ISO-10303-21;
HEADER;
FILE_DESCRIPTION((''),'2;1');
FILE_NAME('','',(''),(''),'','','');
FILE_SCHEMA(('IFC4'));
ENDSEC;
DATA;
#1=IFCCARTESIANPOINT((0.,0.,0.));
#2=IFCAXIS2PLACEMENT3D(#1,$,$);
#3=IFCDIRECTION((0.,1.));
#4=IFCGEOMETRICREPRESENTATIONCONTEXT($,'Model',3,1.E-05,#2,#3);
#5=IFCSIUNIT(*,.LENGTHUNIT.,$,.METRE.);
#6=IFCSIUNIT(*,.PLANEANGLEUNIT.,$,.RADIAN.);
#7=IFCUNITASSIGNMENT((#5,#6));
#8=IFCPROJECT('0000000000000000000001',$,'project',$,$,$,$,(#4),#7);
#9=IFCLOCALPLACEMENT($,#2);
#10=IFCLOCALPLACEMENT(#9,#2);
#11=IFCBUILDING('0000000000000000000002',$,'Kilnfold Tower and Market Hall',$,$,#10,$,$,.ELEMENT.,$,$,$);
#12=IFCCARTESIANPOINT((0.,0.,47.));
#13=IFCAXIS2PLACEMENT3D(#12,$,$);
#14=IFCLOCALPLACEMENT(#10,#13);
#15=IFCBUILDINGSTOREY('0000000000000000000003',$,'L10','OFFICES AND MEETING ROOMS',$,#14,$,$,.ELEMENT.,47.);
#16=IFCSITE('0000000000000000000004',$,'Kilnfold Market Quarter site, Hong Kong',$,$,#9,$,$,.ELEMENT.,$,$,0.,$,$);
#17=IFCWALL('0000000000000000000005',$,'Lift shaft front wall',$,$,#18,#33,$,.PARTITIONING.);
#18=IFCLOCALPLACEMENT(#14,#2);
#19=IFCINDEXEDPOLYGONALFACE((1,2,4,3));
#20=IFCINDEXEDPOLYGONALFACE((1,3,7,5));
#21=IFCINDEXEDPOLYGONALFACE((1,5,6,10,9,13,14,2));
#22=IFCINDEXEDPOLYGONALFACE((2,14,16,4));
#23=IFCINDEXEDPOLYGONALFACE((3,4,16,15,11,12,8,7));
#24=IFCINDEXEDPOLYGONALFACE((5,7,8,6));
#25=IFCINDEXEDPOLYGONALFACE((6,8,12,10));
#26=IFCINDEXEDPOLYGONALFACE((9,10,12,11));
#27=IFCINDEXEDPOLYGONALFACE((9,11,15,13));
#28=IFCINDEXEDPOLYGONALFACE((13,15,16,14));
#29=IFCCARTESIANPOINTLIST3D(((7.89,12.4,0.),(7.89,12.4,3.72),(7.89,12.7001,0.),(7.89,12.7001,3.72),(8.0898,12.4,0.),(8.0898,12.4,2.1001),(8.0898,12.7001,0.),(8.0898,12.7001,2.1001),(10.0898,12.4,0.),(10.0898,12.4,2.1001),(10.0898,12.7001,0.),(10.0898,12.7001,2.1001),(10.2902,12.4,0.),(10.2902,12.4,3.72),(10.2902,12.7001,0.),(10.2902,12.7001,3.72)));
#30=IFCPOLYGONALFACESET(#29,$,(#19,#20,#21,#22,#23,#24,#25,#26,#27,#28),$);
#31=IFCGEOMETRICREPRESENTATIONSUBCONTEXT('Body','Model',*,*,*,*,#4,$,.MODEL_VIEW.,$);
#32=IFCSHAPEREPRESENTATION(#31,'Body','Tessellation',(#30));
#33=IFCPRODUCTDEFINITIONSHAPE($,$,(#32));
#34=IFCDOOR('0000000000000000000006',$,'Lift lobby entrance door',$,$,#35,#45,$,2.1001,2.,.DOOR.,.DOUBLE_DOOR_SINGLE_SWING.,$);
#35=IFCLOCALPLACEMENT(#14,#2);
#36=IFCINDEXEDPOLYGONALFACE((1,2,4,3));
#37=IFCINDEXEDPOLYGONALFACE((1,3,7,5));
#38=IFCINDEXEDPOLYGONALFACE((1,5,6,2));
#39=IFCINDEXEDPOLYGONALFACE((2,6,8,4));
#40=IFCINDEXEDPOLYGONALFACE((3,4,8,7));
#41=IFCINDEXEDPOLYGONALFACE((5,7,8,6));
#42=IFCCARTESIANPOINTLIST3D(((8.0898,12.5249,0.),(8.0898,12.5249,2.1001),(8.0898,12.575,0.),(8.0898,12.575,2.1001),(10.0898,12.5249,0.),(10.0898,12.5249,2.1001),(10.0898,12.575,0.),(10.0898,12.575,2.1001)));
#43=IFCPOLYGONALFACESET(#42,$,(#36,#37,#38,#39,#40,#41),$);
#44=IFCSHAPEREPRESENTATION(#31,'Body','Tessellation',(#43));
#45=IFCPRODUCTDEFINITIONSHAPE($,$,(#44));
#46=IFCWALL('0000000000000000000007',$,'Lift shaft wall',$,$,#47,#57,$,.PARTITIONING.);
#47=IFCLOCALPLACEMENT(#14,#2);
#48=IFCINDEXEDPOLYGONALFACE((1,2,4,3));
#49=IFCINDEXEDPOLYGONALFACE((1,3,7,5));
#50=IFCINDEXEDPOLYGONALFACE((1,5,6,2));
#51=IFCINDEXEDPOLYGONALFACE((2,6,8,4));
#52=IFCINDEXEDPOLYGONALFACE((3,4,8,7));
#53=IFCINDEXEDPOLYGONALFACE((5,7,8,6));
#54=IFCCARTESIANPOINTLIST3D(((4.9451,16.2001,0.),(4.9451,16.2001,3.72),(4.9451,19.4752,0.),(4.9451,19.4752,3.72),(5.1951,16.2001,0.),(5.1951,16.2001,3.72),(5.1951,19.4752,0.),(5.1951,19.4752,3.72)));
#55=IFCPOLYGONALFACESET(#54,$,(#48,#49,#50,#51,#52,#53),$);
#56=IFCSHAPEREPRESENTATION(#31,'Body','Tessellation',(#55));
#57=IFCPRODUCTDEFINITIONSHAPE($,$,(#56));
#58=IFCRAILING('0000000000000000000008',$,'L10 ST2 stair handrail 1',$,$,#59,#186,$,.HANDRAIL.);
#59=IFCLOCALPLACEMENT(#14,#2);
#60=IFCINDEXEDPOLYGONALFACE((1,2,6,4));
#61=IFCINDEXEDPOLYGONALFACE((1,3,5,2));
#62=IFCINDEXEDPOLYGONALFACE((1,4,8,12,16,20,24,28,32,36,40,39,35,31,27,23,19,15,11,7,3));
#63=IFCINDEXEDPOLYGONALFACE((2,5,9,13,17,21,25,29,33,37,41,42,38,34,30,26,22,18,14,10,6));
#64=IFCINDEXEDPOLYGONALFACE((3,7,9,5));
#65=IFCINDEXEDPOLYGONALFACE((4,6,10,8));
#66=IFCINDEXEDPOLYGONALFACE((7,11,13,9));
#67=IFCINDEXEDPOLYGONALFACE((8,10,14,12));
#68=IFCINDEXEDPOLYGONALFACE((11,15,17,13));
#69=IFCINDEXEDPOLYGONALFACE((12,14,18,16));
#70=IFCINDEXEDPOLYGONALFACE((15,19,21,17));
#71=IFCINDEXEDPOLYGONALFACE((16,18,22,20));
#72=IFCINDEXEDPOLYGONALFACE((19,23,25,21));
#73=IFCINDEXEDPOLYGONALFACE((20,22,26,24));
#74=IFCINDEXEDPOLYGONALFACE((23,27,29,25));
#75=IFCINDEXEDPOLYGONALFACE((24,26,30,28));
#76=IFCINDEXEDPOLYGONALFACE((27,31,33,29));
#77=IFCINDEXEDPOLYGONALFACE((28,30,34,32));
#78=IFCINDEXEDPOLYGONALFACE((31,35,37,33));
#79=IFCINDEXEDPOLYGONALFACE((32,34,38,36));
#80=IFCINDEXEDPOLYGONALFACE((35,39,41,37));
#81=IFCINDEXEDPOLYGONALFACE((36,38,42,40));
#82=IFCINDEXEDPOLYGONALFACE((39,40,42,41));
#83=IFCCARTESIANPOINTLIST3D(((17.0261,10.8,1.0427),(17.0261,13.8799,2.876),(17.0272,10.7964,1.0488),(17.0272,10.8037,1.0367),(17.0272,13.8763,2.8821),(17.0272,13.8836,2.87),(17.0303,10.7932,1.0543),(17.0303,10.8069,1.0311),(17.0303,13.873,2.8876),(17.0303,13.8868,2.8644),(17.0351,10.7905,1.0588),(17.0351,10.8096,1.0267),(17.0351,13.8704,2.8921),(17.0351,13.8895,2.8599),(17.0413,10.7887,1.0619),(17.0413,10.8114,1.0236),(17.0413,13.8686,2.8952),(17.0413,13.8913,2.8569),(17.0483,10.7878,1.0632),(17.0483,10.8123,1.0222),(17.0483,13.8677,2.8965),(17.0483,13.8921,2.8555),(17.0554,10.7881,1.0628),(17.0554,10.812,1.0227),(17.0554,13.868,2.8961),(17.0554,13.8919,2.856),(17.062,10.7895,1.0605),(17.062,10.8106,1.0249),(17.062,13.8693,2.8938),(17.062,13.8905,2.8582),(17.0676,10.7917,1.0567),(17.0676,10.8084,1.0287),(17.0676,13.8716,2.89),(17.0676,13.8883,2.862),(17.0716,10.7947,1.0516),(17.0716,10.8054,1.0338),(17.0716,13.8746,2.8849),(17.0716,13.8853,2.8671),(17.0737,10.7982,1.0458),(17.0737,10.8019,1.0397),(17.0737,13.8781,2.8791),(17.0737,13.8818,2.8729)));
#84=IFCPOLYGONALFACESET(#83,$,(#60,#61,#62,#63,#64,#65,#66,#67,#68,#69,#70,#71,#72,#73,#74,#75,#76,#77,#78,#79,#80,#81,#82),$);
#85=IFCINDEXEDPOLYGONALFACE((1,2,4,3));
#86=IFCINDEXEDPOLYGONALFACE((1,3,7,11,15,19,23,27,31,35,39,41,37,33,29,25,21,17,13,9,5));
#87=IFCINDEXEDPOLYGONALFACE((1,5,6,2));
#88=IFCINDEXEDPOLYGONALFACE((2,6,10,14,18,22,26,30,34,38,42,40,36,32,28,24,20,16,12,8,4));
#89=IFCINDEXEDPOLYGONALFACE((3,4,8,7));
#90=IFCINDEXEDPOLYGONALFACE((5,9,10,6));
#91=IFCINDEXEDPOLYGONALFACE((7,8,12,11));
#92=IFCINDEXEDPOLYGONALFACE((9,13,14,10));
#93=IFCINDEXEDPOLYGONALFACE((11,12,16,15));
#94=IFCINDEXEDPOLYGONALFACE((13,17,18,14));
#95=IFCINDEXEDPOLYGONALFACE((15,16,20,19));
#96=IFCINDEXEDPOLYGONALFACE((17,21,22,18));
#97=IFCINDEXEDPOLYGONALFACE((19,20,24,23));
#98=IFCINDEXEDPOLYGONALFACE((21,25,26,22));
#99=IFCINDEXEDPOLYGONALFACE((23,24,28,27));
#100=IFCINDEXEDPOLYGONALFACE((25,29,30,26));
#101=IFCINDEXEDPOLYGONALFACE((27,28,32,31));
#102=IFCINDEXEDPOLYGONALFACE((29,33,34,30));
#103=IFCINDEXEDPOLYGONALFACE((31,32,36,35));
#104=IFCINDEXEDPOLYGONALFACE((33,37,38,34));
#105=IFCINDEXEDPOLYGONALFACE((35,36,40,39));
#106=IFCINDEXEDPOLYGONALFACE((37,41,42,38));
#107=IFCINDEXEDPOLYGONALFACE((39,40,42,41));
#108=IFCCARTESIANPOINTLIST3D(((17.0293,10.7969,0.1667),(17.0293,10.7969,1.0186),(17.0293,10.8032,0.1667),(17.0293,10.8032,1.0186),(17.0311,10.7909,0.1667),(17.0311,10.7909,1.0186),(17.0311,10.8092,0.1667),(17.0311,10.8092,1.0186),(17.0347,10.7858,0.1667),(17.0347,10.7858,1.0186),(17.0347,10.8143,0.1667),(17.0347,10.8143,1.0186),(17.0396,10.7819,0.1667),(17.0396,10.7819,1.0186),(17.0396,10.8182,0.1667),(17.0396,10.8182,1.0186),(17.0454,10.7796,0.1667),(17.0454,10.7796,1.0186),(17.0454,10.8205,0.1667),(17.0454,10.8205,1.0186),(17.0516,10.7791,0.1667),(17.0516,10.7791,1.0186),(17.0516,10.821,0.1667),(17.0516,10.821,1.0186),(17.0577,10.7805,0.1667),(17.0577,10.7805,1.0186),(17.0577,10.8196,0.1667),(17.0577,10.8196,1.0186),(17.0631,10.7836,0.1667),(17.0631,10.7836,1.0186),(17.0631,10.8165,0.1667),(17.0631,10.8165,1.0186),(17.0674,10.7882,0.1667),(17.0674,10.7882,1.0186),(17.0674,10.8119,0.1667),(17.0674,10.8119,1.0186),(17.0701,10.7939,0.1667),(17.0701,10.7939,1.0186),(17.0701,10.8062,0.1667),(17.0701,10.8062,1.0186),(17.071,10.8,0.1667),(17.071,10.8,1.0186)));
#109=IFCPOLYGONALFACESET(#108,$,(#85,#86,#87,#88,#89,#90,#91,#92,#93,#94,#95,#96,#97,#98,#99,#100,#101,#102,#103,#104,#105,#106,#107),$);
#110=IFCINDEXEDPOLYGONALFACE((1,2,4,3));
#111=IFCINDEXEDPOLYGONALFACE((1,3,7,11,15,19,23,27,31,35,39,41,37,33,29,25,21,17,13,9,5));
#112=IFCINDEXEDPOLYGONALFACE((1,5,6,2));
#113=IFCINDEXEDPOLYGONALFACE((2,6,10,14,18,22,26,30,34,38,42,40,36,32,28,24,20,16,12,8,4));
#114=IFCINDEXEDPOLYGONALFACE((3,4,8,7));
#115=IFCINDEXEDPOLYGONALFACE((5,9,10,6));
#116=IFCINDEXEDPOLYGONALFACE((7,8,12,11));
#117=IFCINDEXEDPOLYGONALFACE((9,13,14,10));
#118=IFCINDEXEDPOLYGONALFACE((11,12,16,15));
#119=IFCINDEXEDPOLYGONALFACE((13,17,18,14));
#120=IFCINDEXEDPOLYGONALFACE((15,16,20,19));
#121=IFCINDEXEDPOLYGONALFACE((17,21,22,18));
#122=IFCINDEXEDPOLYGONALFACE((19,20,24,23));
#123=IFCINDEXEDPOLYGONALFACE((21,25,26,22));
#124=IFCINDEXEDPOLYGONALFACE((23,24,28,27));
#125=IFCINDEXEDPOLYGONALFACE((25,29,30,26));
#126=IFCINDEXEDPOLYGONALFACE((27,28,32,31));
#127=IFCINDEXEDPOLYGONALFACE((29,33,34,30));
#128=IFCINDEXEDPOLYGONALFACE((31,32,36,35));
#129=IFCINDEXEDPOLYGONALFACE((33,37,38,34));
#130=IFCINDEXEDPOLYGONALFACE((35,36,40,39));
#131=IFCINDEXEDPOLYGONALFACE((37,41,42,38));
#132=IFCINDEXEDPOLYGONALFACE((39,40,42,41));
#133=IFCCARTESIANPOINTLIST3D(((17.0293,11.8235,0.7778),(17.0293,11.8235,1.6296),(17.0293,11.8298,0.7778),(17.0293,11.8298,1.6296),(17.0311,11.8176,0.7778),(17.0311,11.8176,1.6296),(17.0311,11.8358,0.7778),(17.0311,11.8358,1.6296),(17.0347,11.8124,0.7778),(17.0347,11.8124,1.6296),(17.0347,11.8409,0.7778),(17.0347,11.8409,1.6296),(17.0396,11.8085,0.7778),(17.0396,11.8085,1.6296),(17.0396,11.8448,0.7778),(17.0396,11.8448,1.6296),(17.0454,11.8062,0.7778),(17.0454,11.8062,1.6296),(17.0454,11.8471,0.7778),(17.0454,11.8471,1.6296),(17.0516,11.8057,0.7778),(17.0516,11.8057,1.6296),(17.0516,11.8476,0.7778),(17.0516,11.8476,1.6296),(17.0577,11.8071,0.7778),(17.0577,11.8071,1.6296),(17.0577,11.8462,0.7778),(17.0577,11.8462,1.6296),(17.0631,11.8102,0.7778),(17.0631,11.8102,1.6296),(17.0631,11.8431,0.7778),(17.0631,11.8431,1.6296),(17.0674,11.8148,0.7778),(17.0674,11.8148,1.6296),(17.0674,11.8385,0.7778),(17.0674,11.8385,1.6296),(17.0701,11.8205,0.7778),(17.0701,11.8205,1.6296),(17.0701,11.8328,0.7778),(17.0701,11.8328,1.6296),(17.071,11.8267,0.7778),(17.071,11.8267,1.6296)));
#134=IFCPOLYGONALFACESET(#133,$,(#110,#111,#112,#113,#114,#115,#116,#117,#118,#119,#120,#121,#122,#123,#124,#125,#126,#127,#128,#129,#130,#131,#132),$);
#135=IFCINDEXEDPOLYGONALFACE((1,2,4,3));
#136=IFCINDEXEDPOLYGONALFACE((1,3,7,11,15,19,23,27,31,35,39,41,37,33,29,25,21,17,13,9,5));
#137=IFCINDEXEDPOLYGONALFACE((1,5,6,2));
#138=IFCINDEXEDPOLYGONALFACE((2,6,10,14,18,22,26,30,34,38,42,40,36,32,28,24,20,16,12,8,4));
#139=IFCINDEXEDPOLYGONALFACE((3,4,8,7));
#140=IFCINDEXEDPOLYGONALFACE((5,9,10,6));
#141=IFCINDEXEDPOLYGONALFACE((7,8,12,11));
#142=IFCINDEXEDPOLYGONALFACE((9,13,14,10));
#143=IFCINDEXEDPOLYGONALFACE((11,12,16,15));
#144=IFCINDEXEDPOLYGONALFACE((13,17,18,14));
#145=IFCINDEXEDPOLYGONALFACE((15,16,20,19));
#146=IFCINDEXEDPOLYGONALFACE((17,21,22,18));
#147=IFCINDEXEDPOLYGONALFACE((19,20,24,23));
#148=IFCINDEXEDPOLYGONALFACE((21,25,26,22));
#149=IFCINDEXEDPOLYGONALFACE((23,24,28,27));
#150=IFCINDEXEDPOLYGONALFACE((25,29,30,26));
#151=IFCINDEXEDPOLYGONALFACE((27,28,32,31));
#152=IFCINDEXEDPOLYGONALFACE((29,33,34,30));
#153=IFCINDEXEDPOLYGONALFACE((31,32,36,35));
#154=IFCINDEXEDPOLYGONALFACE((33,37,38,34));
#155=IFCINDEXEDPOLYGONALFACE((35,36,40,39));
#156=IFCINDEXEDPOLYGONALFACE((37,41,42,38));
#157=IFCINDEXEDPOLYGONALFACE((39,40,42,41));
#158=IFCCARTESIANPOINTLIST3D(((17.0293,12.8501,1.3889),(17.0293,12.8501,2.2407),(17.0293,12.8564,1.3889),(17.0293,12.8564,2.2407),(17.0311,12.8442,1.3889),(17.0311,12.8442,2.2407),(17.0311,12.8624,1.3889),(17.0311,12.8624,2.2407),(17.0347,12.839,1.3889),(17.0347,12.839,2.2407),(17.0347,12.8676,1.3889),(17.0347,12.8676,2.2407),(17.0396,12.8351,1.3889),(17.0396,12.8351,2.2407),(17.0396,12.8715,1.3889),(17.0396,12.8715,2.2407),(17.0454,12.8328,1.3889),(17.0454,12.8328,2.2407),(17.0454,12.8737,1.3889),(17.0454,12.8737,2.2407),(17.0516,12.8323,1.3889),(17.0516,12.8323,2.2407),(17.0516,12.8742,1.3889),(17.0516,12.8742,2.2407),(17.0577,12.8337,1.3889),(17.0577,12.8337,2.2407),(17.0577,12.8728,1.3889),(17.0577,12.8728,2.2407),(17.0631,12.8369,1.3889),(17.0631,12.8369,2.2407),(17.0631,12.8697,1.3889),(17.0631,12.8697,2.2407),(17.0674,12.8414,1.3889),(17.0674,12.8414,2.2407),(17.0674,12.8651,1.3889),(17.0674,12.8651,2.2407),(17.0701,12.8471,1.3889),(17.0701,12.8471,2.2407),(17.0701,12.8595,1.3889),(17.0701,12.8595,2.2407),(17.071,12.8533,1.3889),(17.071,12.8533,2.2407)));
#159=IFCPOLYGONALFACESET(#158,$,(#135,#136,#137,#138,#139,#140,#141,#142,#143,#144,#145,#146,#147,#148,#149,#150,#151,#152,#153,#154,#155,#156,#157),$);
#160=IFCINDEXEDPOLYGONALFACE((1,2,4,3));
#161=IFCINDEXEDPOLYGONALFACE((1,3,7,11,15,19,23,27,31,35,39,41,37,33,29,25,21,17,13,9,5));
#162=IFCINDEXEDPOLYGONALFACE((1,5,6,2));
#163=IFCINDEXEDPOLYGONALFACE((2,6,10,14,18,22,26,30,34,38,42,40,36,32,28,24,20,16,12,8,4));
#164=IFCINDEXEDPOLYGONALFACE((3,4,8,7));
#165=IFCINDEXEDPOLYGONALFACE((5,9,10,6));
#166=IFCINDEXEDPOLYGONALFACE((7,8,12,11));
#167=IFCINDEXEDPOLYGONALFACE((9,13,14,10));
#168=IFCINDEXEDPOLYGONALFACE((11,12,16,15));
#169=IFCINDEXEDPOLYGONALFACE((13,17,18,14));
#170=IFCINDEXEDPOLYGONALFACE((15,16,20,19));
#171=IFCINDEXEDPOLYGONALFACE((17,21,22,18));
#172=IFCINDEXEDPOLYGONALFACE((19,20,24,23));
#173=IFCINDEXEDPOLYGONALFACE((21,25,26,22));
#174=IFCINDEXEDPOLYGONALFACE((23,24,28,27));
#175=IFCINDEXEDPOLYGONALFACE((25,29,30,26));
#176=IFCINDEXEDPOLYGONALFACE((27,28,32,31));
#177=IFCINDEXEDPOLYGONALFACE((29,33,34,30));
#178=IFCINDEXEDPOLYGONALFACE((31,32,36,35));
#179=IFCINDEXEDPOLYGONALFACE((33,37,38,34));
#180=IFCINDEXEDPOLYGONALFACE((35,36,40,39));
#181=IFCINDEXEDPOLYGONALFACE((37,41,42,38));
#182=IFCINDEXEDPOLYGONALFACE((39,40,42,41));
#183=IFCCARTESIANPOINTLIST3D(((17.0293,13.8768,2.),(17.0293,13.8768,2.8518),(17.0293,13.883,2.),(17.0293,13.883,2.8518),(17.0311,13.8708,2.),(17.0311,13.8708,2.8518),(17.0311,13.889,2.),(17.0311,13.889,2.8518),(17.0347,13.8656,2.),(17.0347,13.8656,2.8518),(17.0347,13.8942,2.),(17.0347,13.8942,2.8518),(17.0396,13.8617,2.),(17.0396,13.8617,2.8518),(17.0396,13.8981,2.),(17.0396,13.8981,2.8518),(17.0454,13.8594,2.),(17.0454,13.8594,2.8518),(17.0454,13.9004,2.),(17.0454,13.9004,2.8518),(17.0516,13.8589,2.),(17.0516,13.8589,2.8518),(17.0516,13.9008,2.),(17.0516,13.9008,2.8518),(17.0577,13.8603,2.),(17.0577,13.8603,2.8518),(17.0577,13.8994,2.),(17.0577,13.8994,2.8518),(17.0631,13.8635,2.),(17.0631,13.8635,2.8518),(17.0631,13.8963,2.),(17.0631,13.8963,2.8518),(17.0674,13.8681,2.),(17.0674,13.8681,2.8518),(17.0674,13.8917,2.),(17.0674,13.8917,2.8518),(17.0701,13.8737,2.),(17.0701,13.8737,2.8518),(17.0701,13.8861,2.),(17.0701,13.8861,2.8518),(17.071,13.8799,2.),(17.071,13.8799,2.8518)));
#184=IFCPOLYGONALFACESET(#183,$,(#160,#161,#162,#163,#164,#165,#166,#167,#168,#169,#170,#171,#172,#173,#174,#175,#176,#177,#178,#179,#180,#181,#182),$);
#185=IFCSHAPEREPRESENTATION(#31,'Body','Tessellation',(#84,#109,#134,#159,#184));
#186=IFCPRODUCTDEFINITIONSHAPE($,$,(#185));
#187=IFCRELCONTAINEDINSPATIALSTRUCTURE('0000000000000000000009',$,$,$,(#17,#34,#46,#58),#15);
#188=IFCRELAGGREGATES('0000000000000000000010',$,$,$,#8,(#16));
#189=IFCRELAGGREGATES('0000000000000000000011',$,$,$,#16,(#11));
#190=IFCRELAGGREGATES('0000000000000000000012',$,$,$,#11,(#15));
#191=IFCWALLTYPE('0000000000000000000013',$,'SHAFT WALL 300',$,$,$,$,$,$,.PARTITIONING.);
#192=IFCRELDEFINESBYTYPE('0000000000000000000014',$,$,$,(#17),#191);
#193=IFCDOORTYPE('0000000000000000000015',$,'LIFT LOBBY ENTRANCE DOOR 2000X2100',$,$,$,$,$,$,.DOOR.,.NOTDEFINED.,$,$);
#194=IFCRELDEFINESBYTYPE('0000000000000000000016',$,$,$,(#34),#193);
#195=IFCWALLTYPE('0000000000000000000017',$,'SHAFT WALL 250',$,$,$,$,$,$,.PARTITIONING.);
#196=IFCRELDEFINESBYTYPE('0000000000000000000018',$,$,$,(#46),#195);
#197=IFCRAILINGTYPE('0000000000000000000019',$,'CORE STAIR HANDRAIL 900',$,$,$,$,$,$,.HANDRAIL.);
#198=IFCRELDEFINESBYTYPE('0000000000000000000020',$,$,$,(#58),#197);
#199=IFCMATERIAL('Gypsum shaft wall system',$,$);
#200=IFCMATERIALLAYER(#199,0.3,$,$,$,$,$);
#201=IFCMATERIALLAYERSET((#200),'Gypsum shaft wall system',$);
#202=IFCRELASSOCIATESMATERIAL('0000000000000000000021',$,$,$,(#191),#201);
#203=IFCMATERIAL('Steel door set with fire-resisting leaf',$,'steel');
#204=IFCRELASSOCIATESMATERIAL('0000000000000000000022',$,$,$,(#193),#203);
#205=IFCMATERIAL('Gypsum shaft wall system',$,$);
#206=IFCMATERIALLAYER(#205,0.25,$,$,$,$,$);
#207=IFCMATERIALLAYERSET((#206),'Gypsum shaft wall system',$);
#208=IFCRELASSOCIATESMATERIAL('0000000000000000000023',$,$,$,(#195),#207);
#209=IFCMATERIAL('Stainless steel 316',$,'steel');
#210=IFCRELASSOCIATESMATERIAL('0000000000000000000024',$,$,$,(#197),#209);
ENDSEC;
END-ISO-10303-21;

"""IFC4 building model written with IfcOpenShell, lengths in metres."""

from ifc_helpers import new_model, si_unit, direction, frame, frame_2d, origin, origin_2d, place, context, subcontext, project, spatial, rectangle, circle, extrude, source, transform, mapped, material, layer, layer_set, type_object, element, fill, save


model = new_model("IFC4")

# Units and contexts
model_context = context("Model", 3, precision=1e-05, world=origin(), true_north=direction((0.0, 1.0)))
body_context = subcontext(model_context, "Body", "Model", "MODEL_VIEW")
ifc_project = project(units=[si_unit("LENGTHUNIT", "METRE"), si_unit("PLANEANGLEUNIT", "RADIAN")], contexts=[model_context])

# Site, building, storey
site_placement = place(None, origin())
site = spatial("IfcSite", under=ifc_project, at=site_placement, Name="Kilnfold Market Quarter site, Hong Kong", CompositionType="ELEMENT", RefElevation=0.0)
building_placement = place(site_placement, origin())
building = spatial("IfcBuilding", under=site, at=building_placement, Name="Kilnfold Tower and Market Hall", CompositionType="ELEMENT")
storey_placement = place(building_placement, frame((0.0, 0.0, 47.0)))
storey = spatial("IfcBuildingStorey", under=building, at=storey_placement, Name="L10", Description="OFFICES AND MEETING ROOMS", CompositionType="ELEMENT", Elevation=47.0)

# Shared definitions
ifc_material_1 = material(Name="Gypsum shaft wall system")
ifc_layer_1 = layer(ifc_material_1, 0.3)
ifc_layer_set_1 = layer_set([ifc_layer_1], Name="Gypsum shaft wall system")
wall_type_1 = type_object("IfcWallType", Name="SHAFT WALL 300", PredefinedType="PARTITIONING", material=ifc_layer_set_1)

# Wall, opening, door
shared_shape_1 = source(origin(), body_context, "Body", "SweptSolid", [
    extrude(rectangle(XDim=2.4001, YDim=0.3, at=frame_2d((1.2002, 0.0))), origin(), (0.0, 0.0, 1.0), 3.72),
])
wall_1_placement = place(storey_placement, frame((7.8899, 12.55, 0.0), z_axis=(0.0, 0.0, 1.0), x_axis=(1.0, 0.0, 0.0)))
wall_1 = element("IfcWall", 1, at=wall_1_placement, inside=storey, type_object=wall_type_1, Name="Lift shaft front wall", PredefinedType="PARTITIONING", context=body_context, shape_type="MappedRepresentation", body=[
    mapped(shared_shape_1, transform((0.0, 0.0, 0.0))),
])
opening_1_placement = place(wall_1_placement, frame((0.2, 0.0, 0.0)))
opening_1 = element("IfcOpeningElement", 2, at=opening_1_placement, cuts=wall_1, PredefinedType="OPENING", context=body_context, shape_type="SweptSolid", body=[
    extrude(rectangle(XDim=2.0, YDim=2.1001, at=frame_2d((1.0, 1.05))), frame((0.0, 0.1602, 0.0), z_axis=(0.0, -1.0, 0.0), x_axis=(1.0, 0.0, 0.0)), (0.0, 0.0, 1.0), 0.3201),
])
ifc_material_2 = material(Name="Steel door set with fire-resisting leaf", Category="steel")
door_type_1 = type_object("IfcDoorType", Name="LIFT LOBBY ENTRANCE DOOR 2000X2100", OperationType="NOTDEFINED", PredefinedType="DOOR", material=ifc_material_2)
door_1_placement = place(opening_1_placement, origin())
door_1 = element("IfcDoor", 3, at=door_1_placement, inside=storey, type_object=door_type_1, Name="Lift lobby entrance door", OperationType="DOUBLE_DOOR_SINGLE_SWING", OverallHeight=2.1001, OverallWidth=2.0, PredefinedType="DOOR", context=body_context, shape_type="SweptSolid", body=[
    extrude(rectangle(XDim=2.0, YDim=2.1001, at=frame_2d((1.0, 1.05))), frame((0.0, 0.0249, 0.0), z_axis=(0.0, -1.0, 0.0), x_axis=(1.0, 0.0, 0.0)), (0.0, 0.0, 1.0), 0.05),
])
fill(opening_1, door_1)

# Wall
ifc_material_3 = material(Name="Gypsum shaft wall system")
ifc_layer_2 = layer(ifc_material_3, 0.25)
ifc_layer_set_2 = layer_set([ifc_layer_2], Name="Gypsum shaft wall system")
wall_type_2 = type_object("IfcWallType", Name="SHAFT WALL 250", PredefinedType="PARTITIONING", material=ifc_layer_set_2)
shared_shape_2 = source(origin(), body_context, "Body", "SweptSolid", [
    extrude(rectangle(XDim=3.2751, YDim=0.25, at=frame_2d((1.6377, 0.0))), origin(), (0.0, 0.0, 1.0), 3.72),
])
wall_2_placement = place(storey_placement, frame((5.0701, 16.2, 0.0), z_axis=(0.0, 0.0, 1.0), x_axis=(0.0, 1.0, 0.0)))
element("IfcWall", 4, at=wall_2_placement, inside=storey, type_object=wall_type_2, Name="Lift shaft wall", PredefinedType="PARTITIONING", context=body_context, shape_type="MappedRepresentation", body=[
    mapped(shared_shape_2, transform((0.0, 0.0, 0.0))),
])

# Railing
ifc_material_4 = material(Name="Stainless steel 316", Category="steel")
railing_type = type_object("IfcRailingType", Name="CORE STAIR HANDRAIL 900", PredefinedType="HANDRAIL", material=ifc_material_4)
railing_1_placement = place(storey_placement, frame((17.05, 10.8, 0.1667)))
element("IfcRailing", 5, at=railing_1_placement, inside=storey, type_object=railing_type, Name="L10 ST2 stair handrail 1", PredefinedType="HANDRAIL", context=body_context, shape_type="SweptSolid", body=[
    extrude(circle(Radius=0.0239, at=origin_2d()), frame((0.0, 0.0, 0.876), z_axis=(0.0, 0.859291, 0.511487), x_axis=(-1.0, 0.0, 0.0)), (0.0, 0.0, 1.0), 3.5842),
    extrude(circle(Radius=0.021, at=origin_2d()), origin(), (0.0, 0.0, 1.0), 0.8518),
    extrude(circle(Radius=0.021, at=origin_2d()), frame((0.0, 1.0266, 0.6111)), (0.0, 0.0, 1.0), 0.8518),
    extrude(circle(Radius=0.021, at=origin_2d()), frame((0.0, 2.0532, 1.2222)), (0.0, 0.0, 1.0), 0.8518),
    extrude(circle(Radius=0.021, at=origin_2d()), frame((0.0, 3.0798, 1.8333)), (0.0, 0.0, 1.0), 0.8518),
])

save(model, "model.ifc")
